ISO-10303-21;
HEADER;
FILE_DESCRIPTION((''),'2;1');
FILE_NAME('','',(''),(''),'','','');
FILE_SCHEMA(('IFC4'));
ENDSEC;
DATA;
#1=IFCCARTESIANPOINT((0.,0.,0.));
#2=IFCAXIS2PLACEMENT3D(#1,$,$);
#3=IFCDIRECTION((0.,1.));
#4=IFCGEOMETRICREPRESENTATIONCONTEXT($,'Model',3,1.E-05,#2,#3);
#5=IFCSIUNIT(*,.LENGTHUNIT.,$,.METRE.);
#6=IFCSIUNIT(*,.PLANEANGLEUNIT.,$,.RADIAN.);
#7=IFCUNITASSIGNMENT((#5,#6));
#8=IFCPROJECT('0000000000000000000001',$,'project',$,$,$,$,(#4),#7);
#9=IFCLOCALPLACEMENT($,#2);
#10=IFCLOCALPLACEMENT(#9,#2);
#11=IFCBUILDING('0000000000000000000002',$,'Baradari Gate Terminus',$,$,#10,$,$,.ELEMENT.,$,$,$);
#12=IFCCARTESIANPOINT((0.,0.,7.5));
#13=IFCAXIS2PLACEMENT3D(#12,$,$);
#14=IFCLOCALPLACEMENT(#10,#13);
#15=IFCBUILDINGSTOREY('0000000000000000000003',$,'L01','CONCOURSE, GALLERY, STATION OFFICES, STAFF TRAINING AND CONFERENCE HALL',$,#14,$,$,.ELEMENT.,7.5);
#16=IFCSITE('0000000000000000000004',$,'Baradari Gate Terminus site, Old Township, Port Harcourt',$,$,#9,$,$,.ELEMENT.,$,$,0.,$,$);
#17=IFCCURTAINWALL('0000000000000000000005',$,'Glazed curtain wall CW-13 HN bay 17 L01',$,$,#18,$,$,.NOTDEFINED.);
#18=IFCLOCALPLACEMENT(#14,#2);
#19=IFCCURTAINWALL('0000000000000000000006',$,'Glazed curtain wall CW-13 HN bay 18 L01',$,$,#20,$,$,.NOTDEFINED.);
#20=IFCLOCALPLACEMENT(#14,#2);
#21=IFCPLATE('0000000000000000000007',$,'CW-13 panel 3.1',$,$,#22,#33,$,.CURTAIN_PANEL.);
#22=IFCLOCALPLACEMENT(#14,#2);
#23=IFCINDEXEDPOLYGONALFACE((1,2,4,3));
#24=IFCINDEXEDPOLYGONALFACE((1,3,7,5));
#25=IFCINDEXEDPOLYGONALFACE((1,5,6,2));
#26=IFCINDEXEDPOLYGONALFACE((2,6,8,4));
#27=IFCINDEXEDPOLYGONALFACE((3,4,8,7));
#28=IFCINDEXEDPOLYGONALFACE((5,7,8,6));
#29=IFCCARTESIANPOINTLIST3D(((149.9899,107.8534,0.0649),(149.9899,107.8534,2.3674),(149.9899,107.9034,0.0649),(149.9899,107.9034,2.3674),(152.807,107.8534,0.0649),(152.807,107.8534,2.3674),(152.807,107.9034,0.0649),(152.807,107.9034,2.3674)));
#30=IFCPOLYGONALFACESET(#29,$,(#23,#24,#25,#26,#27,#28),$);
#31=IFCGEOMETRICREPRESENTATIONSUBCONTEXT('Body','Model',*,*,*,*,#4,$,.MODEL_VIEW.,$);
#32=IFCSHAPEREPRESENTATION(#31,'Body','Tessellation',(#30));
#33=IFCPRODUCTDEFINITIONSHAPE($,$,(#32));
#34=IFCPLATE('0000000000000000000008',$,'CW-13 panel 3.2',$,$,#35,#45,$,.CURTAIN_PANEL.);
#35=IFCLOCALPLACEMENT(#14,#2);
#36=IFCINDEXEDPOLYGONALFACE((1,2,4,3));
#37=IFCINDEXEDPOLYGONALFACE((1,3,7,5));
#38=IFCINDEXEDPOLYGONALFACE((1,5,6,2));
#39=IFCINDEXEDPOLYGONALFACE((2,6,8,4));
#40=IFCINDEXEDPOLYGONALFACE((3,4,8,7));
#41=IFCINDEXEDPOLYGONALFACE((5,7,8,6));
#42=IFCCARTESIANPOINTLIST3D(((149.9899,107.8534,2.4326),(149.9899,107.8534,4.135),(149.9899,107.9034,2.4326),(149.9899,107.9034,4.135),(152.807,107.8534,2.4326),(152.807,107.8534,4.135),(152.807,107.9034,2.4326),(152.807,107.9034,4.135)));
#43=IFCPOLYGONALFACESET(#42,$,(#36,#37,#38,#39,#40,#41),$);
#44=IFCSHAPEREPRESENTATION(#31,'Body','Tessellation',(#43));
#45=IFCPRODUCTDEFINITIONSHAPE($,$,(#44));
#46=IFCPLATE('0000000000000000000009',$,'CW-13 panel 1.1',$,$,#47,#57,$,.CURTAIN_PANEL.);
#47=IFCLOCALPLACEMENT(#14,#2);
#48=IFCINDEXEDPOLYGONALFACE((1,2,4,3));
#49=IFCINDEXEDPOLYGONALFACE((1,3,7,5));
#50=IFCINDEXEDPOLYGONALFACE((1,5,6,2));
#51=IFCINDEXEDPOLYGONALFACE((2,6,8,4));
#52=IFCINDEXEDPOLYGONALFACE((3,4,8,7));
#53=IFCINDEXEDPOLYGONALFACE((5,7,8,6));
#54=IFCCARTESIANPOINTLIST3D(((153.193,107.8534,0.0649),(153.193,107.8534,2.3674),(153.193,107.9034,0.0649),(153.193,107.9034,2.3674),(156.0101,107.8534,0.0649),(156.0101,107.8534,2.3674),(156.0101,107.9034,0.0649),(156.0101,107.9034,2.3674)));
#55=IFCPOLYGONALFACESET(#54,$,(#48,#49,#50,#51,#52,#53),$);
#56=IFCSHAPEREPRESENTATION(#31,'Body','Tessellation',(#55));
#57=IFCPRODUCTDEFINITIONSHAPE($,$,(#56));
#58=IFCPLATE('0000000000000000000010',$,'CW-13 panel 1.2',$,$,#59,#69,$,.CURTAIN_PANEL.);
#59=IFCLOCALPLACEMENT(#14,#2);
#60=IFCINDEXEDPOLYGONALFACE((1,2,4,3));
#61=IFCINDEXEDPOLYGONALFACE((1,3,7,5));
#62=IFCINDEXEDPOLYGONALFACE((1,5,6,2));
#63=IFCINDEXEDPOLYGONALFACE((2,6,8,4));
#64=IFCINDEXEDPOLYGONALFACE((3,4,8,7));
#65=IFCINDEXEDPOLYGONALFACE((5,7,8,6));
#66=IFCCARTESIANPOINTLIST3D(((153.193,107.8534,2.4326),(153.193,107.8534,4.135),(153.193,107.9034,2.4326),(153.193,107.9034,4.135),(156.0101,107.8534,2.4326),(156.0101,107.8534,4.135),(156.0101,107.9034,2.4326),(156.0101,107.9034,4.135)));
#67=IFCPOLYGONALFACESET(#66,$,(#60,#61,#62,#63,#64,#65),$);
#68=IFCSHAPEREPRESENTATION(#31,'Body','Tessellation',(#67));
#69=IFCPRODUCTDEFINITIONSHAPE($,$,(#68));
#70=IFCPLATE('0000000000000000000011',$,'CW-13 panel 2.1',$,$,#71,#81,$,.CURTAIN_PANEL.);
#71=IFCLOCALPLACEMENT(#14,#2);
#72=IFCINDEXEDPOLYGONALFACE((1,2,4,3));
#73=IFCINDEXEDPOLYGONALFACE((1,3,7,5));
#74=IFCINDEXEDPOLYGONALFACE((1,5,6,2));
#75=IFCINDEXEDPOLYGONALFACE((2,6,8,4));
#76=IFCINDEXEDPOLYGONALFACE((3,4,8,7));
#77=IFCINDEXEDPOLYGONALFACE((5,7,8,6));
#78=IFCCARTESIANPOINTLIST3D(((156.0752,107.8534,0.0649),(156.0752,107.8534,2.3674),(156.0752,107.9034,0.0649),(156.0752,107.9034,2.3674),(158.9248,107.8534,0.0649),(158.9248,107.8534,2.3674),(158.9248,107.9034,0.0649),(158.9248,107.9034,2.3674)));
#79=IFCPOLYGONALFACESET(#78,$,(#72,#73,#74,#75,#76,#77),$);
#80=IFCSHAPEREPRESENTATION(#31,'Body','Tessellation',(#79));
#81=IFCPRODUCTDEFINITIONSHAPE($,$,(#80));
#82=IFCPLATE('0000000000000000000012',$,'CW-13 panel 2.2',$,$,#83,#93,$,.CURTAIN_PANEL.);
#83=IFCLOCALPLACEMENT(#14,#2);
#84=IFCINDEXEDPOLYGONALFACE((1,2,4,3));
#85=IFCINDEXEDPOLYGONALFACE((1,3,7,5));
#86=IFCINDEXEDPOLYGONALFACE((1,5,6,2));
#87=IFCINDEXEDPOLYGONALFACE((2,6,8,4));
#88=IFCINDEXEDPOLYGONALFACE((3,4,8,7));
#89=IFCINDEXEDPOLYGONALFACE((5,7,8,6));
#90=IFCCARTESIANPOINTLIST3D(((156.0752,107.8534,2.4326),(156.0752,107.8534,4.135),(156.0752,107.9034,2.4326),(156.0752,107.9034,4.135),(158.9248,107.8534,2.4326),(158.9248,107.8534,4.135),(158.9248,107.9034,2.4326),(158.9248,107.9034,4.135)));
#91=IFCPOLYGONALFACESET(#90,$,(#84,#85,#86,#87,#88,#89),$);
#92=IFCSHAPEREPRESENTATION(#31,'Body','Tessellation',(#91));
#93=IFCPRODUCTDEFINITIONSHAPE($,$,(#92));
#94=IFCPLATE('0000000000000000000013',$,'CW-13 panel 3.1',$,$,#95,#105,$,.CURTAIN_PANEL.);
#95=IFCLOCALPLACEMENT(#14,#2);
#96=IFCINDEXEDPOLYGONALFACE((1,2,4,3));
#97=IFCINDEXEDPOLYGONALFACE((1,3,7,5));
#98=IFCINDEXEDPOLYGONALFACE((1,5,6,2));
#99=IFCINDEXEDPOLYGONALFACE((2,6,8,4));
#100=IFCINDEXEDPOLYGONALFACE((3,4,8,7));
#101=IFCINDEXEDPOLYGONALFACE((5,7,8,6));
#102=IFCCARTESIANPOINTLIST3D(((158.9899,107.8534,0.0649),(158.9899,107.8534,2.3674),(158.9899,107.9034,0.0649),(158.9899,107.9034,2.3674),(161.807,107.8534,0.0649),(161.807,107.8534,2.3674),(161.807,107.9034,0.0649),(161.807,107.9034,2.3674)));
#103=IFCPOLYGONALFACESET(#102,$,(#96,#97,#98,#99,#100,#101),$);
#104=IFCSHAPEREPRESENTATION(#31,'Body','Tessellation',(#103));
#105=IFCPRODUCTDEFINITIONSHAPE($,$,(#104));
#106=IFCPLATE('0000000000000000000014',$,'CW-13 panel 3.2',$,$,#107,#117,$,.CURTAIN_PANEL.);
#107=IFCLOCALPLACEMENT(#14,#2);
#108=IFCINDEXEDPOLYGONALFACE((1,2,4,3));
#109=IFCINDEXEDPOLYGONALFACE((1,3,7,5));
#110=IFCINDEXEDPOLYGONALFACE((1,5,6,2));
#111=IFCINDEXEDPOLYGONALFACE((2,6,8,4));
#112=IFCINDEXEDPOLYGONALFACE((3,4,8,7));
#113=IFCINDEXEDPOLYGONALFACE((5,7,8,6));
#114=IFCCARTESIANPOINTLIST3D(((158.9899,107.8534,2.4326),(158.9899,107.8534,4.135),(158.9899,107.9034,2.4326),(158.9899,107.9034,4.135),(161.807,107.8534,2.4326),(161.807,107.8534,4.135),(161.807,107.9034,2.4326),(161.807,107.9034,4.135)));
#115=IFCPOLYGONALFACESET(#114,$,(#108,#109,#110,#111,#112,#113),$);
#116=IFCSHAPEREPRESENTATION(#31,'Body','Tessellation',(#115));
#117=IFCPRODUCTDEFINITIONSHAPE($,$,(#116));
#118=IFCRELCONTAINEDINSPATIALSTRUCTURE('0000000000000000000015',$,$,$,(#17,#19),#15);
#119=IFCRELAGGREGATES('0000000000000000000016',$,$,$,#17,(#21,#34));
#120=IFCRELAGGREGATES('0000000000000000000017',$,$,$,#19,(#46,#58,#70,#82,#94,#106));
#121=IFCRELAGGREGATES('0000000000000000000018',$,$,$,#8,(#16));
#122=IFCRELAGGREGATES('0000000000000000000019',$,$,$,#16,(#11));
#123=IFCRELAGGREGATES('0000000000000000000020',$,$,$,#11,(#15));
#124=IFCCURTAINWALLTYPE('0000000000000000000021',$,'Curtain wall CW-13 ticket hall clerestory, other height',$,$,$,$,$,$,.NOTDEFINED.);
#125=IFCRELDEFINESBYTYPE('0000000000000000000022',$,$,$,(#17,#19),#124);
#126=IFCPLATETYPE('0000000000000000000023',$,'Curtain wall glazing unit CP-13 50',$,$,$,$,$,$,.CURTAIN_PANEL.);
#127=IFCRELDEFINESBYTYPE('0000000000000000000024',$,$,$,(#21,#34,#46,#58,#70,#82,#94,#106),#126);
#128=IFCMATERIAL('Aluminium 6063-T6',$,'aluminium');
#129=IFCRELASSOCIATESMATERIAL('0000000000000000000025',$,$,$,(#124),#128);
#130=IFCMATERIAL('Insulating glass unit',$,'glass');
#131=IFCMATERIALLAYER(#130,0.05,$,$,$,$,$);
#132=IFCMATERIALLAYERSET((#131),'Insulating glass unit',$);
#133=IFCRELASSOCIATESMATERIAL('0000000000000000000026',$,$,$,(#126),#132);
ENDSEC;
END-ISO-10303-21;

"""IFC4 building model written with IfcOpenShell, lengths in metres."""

from ifc_helpers import new_model, si_unit, direction, frame, origin, origin_2d, place, context, subcontext, project, spatial, rectangle, extrude, material, layer, layer_set, type_object, element, aggregate, save


model = new_model("IFC4")

# Units and contexts
model_context = context("Model", 3, precision=1e-05, world=origin(), true_north=direction((0.0, 1.0)))
body_context = subcontext(model_context, "Body", "Model", "MODEL_VIEW")
ifc_project = project(units=[si_unit("LENGTHUNIT", "METRE"), si_unit("PLANEANGLEUNIT", "RADIAN")], contexts=[model_context])

# Site, building, storey
site_placement = place(None, origin())
site = spatial("IfcSite", under=ifc_project, at=site_placement, Name="Baradari Gate Terminus site, Old Township, Port Harcourt", CompositionType="ELEMENT", RefElevation=0.0)
building_placement = place(site_placement, origin())
building = spatial("IfcBuilding", under=site, at=building_placement, Name="Baradari Gate Terminus", CompositionType="ELEMENT")
storey_placement = place(building_placement, frame((0.0, 0.0, 7.5)))
storey = spatial("IfcBuildingStorey", under=building, at=storey_placement, Name="L01", Description="CONCOURSE, GALLERY, STATION OFFICES, STAFF TRAINING AND CONFERENCE HALL", CompositionType="ELEMENT", Elevation=7.5)

# Curtain wall
ifc_material_1 = material(Name="Aluminium 6063-T6", Category="aluminium")
curtain_wall_type = type_object("IfcCurtainWallType", Name="Curtain wall CW-13 ticket hall clerestory, other height", PredefinedType="NOTDEFINED", material=ifc_material_1)
curtain_wall_1_placement = place(storey_placement, origin())
curtain_wall_1 = element("IfcCurtainWall", 1, at=curtain_wall_1_placement, inside=storey, type_object=curtain_wall_type, Name="Glazed curtain wall CW-13 HN bay 17 L01", PredefinedType="NOTDEFINED")

# Curtain wall
curtain_wall_2_placement = place(storey_placement, origin())
curtain_wall_2 = element("IfcCurtainWall", 2, at=curtain_wall_2_placement, inside=storey, type_object=curtain_wall_type, Name="Glazed curtain wall CW-13 HN bay 18 L01", PredefinedType="NOTDEFINED")

# Plates
ifc_material_2 = material(Name="Insulating glass unit", Category="glass")
ifc_layer = layer(ifc_material_2, 0.05)
ifc_layer_set = layer_set([ifc_layer], Name="Insulating glass unit")
plate_type = type_object("IfcPlateType", Name="Curtain wall glazing unit CP-13 50", PredefinedType="CURTAIN_PANEL", material=ifc_layer_set)
plate_1_placement = place(storey_placement, frame((151.3984, 107.8784, 0.0649), z_axis=(0.0, 0.0, 1.0), x_axis=(1.0, 0.0, 0.0)))
plate_1 = element("IfcPlate", 3, at=plate_1_placement, type_object=plate_type, Name="CW-13 panel 3.1", PredefinedType="CURTAIN_PANEL", context=body_context, shape_type="SweptSolid", body=[
    extrude(rectangle(XDim=2.8171, YDim=0.05, at=origin_2d()), origin(), (0.0, 0.0, 1.0), 2.3025),
])
plate_2_placement = place(storey_placement, frame((151.3984, 107.8784, 2.4326), z_axis=(0.0, 0.0, 1.0), x_axis=(1.0, 0.0, 0.0)))
plate_2 = element("IfcPlate", 4, at=plate_2_placement, type_object=plate_type, Name="CW-13 panel 3.2", PredefinedType="CURTAIN_PANEL", context=body_context, shape_type="SweptSolid", body=[
    extrude(rectangle(XDim=2.8171, YDim=0.05, at=origin_2d()), origin(), (0.0, 0.0, 1.0), 1.7024),
])
aggregate(curtain_wall_1, [plate_1, plate_2])
plate_3_placement = place(storey_placement, frame((154.6016, 107.8784, 0.0649), z_axis=(0.0, 0.0, 1.0), x_axis=(1.0, 0.0, 0.0)))
plate_3 = element("IfcPlate", 5, at=plate_3_placement, type_object=plate_type, Name="CW-13 panel 1.1", PredefinedType="CURTAIN_PANEL", context=body_context, shape_type="SweptSolid", body=[
    extrude(rectangle(XDim=2.8171, YDim=0.05, at=origin_2d()), origin(), (0.0, 0.0, 1.0), 2.3025),
])
plate_4_placement = place(storey_placement, frame((154.6016, 107.8784, 2.4326), z_axis=(0.0, 0.0, 1.0), x_axis=(1.0, 0.0, 0.0)))
plate_4 = element("IfcPlate", 6, at=plate_4_placement, type_object=plate_type, Name="CW-13 panel 1.2", PredefinedType="CURTAIN_PANEL", context=body_context, shape_type="SweptSolid", body=[
    extrude(rectangle(XDim=2.8171, YDim=0.05, at=origin_2d()), origin(), (0.0, 0.0, 1.0), 1.7024),
])
plate_5_placement = place(storey_placement, frame((157.5, 107.8784, 0.0649), z_axis=(0.0, 0.0, 1.0), x_axis=(1.0, 0.0, 0.0)))
plate_5 = element("IfcPlate", 7, at=plate_5_placement, type_object=plate_type, Name="CW-13 panel 2.1", PredefinedType="CURTAIN_PANEL", context=body_context, shape_type="SweptSolid", body=[
    extrude(rectangle(XDim=2.8496, YDim=0.05, at=origin_2d()), origin(), (0.0, 0.0, 1.0), 2.3025),
])
plate_6_placement = place(storey_placement, frame((157.5, 107.8784, 2.4326), z_axis=(0.0, 0.0, 1.0), x_axis=(1.0, 0.0, 0.0)))
plate_6 = element("IfcPlate", 8, at=plate_6_placement, type_object=plate_type, Name="CW-13 panel 2.2", PredefinedType="CURTAIN_PANEL", context=body_context, shape_type="SweptSolid", body=[
    extrude(rectangle(XDim=2.8496, YDim=0.05, at=origin_2d()), origin(), (0.0, 0.0, 1.0), 1.7024),
])
plate_7_placement = place(storey_placement, frame((160.3984, 107.8784, 0.0649), z_axis=(0.0, 0.0, 1.0), x_axis=(1.0, 0.0, 0.0)))
plate_7 = element("IfcPlate", 9, at=plate_7_placement, type_object=plate_type, Name="CW-13 panel 3.1", PredefinedType="CURTAIN_PANEL", context=body_context, shape_type="SweptSolid", body=[
    extrude(rectangle(XDim=2.8171, YDim=0.05, at=origin_2d()), origin(), (0.0, 0.0, 1.0), 2.3025),
])
plate_8_placement = place(storey_placement, frame((160.3984, 107.8784, 2.4326), z_axis=(0.0, 0.0, 1.0), x_axis=(1.0, 0.0, 0.0)))
plate_8 = element("IfcPlate", 10, at=plate_8_placement, type_object=plate_type, Name="CW-13 panel 3.2", PredefinedType="CURTAIN_PANEL", context=body_context, shape_type="SweptSolid", body=[
    extrude(rectangle(XDim=2.8171, YDim=0.05, at=origin_2d()), origin(), (0.0, 0.0, 1.0), 1.7024),
])
aggregate(curtain_wall_2, [plate_3, plate_4, plate_5, plate_6, plate_7, plate_8])

save(model, "model.ifc")
